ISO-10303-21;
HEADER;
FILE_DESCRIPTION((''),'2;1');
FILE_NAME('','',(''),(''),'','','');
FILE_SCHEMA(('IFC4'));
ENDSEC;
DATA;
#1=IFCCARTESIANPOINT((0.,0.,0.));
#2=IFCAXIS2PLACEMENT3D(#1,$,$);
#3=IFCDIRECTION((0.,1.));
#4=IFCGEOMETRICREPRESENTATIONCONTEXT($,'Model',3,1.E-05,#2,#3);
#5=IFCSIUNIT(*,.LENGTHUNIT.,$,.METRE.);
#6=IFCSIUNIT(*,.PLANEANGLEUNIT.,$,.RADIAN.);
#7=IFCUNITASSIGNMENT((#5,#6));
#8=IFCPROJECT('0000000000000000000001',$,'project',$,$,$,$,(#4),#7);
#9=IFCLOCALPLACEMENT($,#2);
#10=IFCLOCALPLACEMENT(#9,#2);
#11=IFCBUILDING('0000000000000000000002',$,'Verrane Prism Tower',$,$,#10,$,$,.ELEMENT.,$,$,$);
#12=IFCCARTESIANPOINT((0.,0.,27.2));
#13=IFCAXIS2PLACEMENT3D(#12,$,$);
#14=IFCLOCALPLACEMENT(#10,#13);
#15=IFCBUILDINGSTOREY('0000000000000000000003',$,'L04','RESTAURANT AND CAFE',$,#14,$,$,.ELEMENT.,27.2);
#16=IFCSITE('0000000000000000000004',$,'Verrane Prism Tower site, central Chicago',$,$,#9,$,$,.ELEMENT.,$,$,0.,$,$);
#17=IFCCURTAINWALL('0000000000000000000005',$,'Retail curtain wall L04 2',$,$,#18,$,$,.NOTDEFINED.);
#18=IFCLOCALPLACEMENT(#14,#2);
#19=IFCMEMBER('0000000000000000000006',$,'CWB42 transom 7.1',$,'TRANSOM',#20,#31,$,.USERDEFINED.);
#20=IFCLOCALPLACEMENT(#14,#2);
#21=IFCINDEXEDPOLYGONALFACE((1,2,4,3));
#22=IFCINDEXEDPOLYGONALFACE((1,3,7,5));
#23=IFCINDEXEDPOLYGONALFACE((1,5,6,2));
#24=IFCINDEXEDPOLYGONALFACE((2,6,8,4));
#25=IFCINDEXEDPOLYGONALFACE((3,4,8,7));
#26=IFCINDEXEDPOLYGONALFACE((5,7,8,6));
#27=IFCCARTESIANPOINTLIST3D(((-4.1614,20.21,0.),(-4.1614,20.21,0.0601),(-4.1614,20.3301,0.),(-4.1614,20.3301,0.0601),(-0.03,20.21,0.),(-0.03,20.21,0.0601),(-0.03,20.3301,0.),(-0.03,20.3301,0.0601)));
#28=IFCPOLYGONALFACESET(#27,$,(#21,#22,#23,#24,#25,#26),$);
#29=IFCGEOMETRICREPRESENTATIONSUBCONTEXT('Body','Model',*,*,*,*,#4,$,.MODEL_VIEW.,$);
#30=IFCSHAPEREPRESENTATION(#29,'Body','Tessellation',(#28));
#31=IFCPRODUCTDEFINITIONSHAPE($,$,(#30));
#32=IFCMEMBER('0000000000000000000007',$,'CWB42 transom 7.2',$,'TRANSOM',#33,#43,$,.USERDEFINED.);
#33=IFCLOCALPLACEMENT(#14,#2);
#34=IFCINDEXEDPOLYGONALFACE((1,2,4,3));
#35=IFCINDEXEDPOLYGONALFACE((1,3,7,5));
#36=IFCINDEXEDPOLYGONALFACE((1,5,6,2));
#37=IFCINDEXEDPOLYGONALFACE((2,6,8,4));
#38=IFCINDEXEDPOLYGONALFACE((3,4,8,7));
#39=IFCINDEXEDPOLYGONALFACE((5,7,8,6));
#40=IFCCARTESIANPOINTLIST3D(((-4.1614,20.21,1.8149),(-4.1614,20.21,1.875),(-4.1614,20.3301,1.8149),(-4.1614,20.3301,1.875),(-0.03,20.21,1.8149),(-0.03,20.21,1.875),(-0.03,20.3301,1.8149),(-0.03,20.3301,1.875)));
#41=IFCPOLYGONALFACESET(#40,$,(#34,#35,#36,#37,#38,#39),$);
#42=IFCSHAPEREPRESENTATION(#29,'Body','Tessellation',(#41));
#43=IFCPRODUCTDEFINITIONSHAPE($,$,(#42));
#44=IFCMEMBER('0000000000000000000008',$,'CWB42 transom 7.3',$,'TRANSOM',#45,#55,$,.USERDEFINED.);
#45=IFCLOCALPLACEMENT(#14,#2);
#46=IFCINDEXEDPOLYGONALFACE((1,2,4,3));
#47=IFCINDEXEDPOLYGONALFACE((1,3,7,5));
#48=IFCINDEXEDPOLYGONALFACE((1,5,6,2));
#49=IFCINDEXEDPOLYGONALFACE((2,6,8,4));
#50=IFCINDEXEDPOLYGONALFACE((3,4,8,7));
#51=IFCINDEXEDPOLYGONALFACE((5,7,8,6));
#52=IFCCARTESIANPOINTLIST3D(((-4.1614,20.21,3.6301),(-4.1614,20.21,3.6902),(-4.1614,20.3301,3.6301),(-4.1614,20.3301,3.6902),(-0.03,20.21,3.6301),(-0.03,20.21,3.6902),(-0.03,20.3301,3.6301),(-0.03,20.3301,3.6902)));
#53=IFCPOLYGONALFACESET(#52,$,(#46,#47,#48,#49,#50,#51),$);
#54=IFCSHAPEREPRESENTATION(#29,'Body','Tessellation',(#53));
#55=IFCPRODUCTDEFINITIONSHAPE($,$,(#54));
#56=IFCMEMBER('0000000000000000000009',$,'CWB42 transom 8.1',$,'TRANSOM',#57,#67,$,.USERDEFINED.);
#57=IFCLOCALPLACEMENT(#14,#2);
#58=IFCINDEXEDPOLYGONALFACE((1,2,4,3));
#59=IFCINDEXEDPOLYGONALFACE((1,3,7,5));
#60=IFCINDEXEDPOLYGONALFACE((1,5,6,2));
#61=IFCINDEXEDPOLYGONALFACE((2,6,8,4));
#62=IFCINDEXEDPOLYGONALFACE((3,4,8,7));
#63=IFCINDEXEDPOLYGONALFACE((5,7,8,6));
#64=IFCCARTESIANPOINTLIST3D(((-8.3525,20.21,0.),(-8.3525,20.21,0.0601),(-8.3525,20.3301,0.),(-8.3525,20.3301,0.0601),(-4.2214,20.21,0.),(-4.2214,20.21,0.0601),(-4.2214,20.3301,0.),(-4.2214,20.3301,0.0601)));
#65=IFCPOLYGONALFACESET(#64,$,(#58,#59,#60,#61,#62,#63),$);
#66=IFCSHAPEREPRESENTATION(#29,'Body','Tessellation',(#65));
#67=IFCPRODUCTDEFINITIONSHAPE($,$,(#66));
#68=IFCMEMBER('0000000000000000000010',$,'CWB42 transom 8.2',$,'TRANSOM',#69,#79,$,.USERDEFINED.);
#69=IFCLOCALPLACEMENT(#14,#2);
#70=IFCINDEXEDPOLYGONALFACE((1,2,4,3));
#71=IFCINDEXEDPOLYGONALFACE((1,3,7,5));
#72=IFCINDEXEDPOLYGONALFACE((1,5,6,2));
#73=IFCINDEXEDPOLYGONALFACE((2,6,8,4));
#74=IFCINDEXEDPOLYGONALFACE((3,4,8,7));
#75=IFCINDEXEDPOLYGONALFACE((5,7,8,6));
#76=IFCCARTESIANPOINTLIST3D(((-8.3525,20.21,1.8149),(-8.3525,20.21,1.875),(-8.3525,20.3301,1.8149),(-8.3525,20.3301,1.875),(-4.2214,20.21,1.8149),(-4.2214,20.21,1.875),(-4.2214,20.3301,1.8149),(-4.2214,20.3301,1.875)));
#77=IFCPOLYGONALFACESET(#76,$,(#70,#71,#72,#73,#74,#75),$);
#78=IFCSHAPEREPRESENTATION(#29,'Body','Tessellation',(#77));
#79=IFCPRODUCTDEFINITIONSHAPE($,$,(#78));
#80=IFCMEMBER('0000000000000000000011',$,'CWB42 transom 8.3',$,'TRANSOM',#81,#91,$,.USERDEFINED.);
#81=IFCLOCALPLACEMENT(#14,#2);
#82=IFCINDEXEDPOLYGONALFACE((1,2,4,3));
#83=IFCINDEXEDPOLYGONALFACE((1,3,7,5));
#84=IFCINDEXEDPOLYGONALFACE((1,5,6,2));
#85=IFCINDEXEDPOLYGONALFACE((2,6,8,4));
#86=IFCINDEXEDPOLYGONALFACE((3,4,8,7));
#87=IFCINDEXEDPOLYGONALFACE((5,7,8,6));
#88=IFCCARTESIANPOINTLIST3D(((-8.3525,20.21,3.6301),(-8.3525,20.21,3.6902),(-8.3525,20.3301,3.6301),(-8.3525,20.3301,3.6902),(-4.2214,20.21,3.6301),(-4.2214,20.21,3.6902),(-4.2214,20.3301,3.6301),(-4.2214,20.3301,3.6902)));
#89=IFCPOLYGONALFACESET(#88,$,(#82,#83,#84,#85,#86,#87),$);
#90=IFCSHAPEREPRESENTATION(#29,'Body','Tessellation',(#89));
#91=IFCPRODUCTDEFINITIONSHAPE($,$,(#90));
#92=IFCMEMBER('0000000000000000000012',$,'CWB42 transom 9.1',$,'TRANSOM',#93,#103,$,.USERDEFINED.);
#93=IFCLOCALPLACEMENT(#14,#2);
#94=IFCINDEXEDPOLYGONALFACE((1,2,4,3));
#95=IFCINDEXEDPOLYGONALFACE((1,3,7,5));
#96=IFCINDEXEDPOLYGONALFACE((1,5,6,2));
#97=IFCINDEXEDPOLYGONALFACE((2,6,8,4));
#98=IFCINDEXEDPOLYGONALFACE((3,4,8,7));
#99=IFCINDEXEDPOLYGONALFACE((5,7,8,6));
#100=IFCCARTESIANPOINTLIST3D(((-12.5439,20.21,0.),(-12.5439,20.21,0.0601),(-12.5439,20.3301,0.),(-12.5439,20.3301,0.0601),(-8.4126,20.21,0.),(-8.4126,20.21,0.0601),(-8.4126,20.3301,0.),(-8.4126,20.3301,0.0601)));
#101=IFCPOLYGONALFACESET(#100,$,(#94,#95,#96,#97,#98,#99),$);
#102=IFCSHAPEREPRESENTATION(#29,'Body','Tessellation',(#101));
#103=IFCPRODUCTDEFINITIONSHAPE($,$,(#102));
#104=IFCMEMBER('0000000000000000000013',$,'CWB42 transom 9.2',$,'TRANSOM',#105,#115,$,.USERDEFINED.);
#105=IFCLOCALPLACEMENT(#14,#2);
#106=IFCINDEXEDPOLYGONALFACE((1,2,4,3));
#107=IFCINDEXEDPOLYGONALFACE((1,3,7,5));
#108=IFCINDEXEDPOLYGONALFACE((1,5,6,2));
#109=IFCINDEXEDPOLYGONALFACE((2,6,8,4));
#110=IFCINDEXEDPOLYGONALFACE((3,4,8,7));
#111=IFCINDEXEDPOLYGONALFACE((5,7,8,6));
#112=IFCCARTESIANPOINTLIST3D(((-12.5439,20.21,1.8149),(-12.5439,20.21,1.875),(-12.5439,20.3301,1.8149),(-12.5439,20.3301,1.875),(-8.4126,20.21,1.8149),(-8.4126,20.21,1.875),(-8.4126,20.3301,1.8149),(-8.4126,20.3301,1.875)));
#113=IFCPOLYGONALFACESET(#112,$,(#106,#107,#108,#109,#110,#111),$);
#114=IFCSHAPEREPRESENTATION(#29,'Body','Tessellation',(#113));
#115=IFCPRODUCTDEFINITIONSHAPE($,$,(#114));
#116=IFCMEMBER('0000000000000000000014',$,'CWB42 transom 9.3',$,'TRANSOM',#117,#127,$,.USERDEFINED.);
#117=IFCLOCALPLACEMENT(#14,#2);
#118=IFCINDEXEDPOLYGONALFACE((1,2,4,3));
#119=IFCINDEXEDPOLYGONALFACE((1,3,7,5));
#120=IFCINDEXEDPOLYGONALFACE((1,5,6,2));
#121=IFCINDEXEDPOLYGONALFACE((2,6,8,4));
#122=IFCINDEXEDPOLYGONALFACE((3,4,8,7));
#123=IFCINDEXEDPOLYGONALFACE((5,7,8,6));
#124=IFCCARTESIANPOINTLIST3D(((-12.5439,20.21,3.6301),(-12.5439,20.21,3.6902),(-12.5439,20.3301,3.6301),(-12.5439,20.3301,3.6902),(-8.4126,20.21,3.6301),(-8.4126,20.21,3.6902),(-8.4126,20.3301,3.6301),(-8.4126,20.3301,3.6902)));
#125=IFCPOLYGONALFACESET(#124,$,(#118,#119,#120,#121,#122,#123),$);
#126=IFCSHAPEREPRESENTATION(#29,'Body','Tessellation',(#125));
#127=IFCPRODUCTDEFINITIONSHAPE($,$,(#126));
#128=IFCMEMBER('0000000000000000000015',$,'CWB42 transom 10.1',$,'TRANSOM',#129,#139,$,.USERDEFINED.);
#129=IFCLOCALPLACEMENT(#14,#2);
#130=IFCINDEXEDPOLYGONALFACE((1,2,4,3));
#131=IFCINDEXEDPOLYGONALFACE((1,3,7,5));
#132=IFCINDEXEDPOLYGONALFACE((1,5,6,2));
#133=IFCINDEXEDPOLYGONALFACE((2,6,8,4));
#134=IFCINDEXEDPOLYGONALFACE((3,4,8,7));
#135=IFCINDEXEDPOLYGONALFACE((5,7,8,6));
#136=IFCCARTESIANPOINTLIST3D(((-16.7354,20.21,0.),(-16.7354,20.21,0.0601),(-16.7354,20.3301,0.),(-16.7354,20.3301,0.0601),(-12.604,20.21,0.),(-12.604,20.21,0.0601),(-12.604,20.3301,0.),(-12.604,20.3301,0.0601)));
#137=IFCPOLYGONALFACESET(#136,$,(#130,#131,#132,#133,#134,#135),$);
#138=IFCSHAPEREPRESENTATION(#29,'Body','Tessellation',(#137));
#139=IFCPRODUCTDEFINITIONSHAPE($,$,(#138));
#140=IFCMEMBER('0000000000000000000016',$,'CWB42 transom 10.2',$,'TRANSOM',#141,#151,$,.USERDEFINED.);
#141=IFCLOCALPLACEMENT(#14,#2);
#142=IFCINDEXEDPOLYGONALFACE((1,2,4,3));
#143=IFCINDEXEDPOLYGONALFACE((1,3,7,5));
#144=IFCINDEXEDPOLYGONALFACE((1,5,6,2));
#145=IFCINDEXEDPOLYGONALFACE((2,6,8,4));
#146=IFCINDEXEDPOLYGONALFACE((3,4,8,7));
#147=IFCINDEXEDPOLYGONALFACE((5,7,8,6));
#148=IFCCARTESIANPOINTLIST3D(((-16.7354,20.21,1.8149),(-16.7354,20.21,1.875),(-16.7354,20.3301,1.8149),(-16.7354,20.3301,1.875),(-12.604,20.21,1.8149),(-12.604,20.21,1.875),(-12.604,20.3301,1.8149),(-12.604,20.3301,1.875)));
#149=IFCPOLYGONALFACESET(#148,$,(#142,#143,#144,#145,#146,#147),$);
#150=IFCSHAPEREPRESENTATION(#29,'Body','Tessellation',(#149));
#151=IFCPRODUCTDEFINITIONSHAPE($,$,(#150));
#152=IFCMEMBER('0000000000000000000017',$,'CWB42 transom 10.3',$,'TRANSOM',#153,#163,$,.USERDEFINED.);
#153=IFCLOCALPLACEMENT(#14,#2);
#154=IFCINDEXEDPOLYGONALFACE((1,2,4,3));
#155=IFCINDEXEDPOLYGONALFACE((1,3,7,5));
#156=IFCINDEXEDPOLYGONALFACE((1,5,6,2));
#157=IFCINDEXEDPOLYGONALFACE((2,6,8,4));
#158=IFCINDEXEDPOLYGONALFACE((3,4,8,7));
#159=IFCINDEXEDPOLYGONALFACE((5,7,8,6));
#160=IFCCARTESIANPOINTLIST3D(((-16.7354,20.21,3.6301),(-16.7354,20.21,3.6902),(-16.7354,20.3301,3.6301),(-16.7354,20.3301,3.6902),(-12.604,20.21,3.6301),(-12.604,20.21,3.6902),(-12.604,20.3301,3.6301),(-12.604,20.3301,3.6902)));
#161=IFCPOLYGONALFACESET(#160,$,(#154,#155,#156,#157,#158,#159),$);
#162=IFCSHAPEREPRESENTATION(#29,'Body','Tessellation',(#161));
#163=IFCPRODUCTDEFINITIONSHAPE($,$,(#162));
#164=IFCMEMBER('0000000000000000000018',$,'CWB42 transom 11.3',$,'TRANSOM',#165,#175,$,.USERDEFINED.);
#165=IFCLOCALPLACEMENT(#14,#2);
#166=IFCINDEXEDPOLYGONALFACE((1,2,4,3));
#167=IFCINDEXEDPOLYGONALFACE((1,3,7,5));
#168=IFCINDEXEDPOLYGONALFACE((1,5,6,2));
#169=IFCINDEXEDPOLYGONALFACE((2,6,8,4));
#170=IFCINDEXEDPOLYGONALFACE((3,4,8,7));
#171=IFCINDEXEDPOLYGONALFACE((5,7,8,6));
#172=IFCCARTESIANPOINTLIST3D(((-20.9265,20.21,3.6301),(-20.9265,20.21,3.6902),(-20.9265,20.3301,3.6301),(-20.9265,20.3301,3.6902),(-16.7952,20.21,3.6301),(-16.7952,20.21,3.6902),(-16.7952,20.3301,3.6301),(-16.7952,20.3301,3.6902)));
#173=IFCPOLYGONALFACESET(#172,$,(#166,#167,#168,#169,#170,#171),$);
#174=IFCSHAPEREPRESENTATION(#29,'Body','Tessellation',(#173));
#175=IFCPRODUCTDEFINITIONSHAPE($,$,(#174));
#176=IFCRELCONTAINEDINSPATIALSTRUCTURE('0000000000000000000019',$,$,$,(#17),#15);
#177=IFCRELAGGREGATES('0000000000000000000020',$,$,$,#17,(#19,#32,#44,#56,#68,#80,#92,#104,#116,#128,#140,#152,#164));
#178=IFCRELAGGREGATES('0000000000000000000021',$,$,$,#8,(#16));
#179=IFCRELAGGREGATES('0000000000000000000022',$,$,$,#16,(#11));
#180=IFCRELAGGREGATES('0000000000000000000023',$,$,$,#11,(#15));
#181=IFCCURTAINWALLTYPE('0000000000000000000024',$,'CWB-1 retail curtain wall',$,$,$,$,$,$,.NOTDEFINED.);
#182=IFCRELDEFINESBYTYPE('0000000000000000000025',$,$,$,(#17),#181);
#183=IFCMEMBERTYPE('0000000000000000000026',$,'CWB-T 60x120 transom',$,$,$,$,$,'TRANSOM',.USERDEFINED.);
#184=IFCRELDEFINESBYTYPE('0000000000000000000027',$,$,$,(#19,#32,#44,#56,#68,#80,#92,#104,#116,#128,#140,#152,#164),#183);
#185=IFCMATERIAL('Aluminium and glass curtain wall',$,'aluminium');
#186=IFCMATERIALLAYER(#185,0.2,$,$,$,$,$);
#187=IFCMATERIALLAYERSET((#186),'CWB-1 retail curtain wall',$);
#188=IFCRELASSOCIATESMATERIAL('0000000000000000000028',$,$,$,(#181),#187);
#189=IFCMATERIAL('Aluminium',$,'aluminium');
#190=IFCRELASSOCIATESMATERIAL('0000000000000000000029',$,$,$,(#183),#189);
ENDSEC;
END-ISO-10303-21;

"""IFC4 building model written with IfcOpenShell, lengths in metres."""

from ifc_helpers import new_model, si_unit, direction, frame, origin, origin_2d, place, context, subcontext, project, spatial, rectangle, extrude, material, layer, layer_set, material_profile, profile_set, type_object, element, aggregate, save


model = new_model("IFC4")

# Units and contexts
model_context = context("Model", 3, precision=1e-05, world=origin(), true_north=direction((0.0, 1.0)))
body_context = subcontext(model_context, "Body", "Model", "MODEL_VIEW")
ifc_project = project(units=[si_unit("LENGTHUNIT", "METRE"), si_unit("PLANEANGLEUNIT", "RADIAN")], contexts=[model_context])

# Site, building, storey
site_placement = place(None, origin())
site = spatial("IfcSite", under=ifc_project, at=site_placement, Name="Verrane Prism Tower site, central Chicago", CompositionType="ELEMENT", RefElevation=0.0)
building_placement = place(site_placement, origin())
building = spatial("IfcBuilding", under=site, at=building_placement, Name="Verrane Prism Tower", CompositionType="ELEMENT")
storey_placement = place(building_placement, frame((0.0, 0.0, 27.2)))
storey = spatial("IfcBuildingStorey", under=building, at=storey_placement, Name="L04", Description="RESTAURANT AND CAFE", CompositionType="ELEMENT", Elevation=27.2)

# Curtain wall, members
ifc_material_1 = material(Name="Aluminium and glass curtain wall", Category="aluminium")
ifc_layer_1 = layer(ifc_material_1, 0.2)
ifc_layer_set_1 = layer_set([ifc_layer_1], Name="CWB-1 retail curtain wall")
curtain_wall_type = type_object("IfcCurtainWallType", Name="CWB-1 retail curtain wall", PredefinedType="NOTDEFINED", material=ifc_layer_set_1)
curtain_wall_placement = place(storey_placement, origin())
curtain_wall = element("IfcCurtainWall", 1, at=curtain_wall_placement, inside=storey, type_object=curtain_wall_type, Name="Retail curtain wall L04 2", PredefinedType="NOTDEFINED")
ifc_material_2 = material(Name="Aluminium", Category="aluminium")
ifc_material_profile_1 = material_profile(ifc_material_2, rectangle(XDim=0.1201, YDim=0.0601, at=origin_2d()), Name="CWB-T 60x120 transom")
ifc_profile_set_1 = profile_set([ifc_material_profile_1], Name="Aluminium")
member_type_1 = type_object("IfcMemberType", Name="CWB-T 60x120 transom", ElementType="TRANSOM", PredefinedType="USERDEFINED", material=ifc_profile_set_1)
member_1_placement = place(storey_placement, frame((-0.03, 20.27, 0.03), z_axis=(-1.0, 0.0, 0.0), x_axis=(0.0, -1.0, 0.0)))
member_1 = element("IfcMember", 2, at=member_1_placement, type_object=member_type_1, Name="CWB42 transom 7.1", ObjectType="TRANSOM", PredefinedType="USERDEFINED", context=body_context, shape_type="SweptSolid", body=[
    extrude(rectangle(XDim=0.1201, YDim=0.0601, at=origin_2d()), origin(), (0.0, 0.0, 1.0), 4.1313),
])
member_2_placement = place(storey_placement, frame((-0.03, 20.27, 1.845), z_axis=(-1.0, 0.0, 0.0), x_axis=(0.0, -1.0, 0.0)))
member_2 = element("IfcMember", 3, at=member_2_placement, type_object=member_type_1, Name="CWB42 transom 7.2", ObjectType="TRANSOM", PredefinedType="USERDEFINED", context=body_context, shape_type="SweptSolid", body=[
    extrude(rectangle(XDim=0.1201, YDim=0.0601, at=origin_2d()), origin(), (0.0, 0.0, 1.0), 4.1313),
])
member_3_placement = place(storey_placement, frame((-0.03, 20.27, 3.6602), z_axis=(-1.0, 0.0, 0.0), x_axis=(0.0, -1.0, 0.0)))
member_3 = element("IfcMember", 4, at=member_3_placement, type_object=member_type_1, Name="CWB42 transom 7.3", ObjectType="TRANSOM", PredefinedType="USERDEFINED", context=body_context, shape_type="SweptSolid", body=[
    extrude(rectangle(XDim=0.1201, YDim=0.0601, at=origin_2d()), origin(), (0.0, 0.0, 1.0), 4.1313),
])
member_4_placement = place(storey_placement, frame((-4.2214, 20.27, 0.03), z_axis=(-1.0, 0.0, 0.0), x_axis=(0.0, -1.0, 0.0)))
member_4 = element("IfcMember", 5, at=member_4_placement, type_object=member_type_1, Name="CWB42 transom 8.1", ObjectType="TRANSOM", PredefinedType="USERDEFINED", context=body_context, shape_type="SweptSolid", body=[
    extrude(rectangle(XDim=0.1201, YDim=0.0601, at=origin_2d()), origin(), (0.0, 0.0, 1.0), 4.1311),
])
member_5_placement = place(storey_placement, frame((-4.2214, 20.27, 1.845), z_axis=(-1.0, 0.0, 0.0), x_axis=(0.0, -1.0, 0.0)))
member_5 = element("IfcMember", 6, at=member_5_placement, type_object=member_type_1, Name="CWB42 transom 8.2", ObjectType="TRANSOM", PredefinedType="USERDEFINED", context=body_context, shape_type="SweptSolid", body=[
    extrude(rectangle(XDim=0.1201, YDim=0.0601, at=origin_2d()), origin(), (0.0, 0.0, 1.0), 4.1311),
])
member_6_placement = place(storey_placement, frame((-4.2214, 20.27, 3.6602), z_axis=(-1.0, 0.0, 0.0), x_axis=(0.0, -1.0, 0.0)))
member_6 = element("IfcMember", 7, at=member_6_placement, type_object=member_type_1, Name="CWB42 transom 8.3", ObjectType="TRANSOM", PredefinedType="USERDEFINED", context=body_context, shape_type="SweptSolid", body=[
    extrude(rectangle(XDim=0.1201, YDim=0.0601, at=origin_2d()), origin(), (0.0, 0.0, 1.0), 4.1311),
])
member_7_placement = place(storey_placement, frame((-8.4126, 20.27, 0.03), z_axis=(-1.0, 0.0, 0.0), x_axis=(0.0, -1.0, 0.0)))
member_7 = element("IfcMember", 8, at=member_7_placement, type_object=member_type_1, Name="CWB42 transom 9.1", ObjectType="TRANSOM", PredefinedType="USERDEFINED", context=body_context, shape_type="SweptSolid", body=[
    extrude(rectangle(XDim=0.1201, YDim=0.0601, at=origin_2d()), origin(), (0.0, 0.0, 1.0), 4.1313),
])
member_8_placement = place(storey_placement, frame((-8.4126, 20.27, 1.845), z_axis=(-1.0, 0.0, 0.0), x_axis=(0.0, -1.0, 0.0)))
member_8 = element("IfcMember", 9, at=member_8_placement, type_object=member_type_1, Name="CWB42 transom 9.2", ObjectType="TRANSOM", PredefinedType="USERDEFINED", context=body_context, shape_type="SweptSolid", body=[
    extrude(rectangle(XDim=0.1201, YDim=0.0601, at=origin_2d()), origin(), (0.0, 0.0, 1.0), 4.1313),
])
member_9_placement = place(storey_placement, frame((-8.4126, 20.27, 3.6602), z_axis=(-1.0, 0.0, 0.0), x_axis=(0.0, -1.0, 0.0)))
member_9 = element("IfcMember", 10, at=member_9_placement, type_object=member_type_1, Name="CWB42 transom 9.3", ObjectType="TRANSOM", PredefinedType="USERDEFINED", context=body_context, shape_type="SweptSolid", body=[
    extrude(rectangle(XDim=0.1201, YDim=0.0601, at=origin_2d()), origin(), (0.0, 0.0, 1.0), 4.1313),
])
member_10_placement = place(storey_placement, frame((-12.604, 20.27, 0.03), z_axis=(-1.0, 0.0, 0.0), x_axis=(0.0, -1.0, 0.0)))
member_10 = element("IfcMember", 11, at=member_10_placement, type_object=member_type_1, Name="CWB42 transom 10.1", ObjectType="TRANSOM", PredefinedType="USERDEFINED", context=body_context, shape_type="SweptSolid", body=[
    extrude(rectangle(XDim=0.1201, YDim=0.0601, at=origin_2d()), origin(), (0.0, 0.0, 1.0), 4.1313),
])
member_11_placement = place(storey_placement, frame((-12.604, 20.27, 1.845), z_axis=(-1.0, 0.0, 0.0), x_axis=(0.0, -1.0, 0.0)))
member_11 = element("IfcMember", 12, at=member_11_placement, type_object=member_type_1, Name="CWB42 transom 10.2", ObjectType="TRANSOM", PredefinedType="USERDEFINED", context=body_context, shape_type="SweptSolid", body=[
    extrude(rectangle(XDim=0.1201, YDim=0.0601, at=origin_2d()), origin(), (0.0, 0.0, 1.0), 4.1313),
])
member_12_placement = place(storey_placement, frame((-12.604, 20.27, 3.6602), z_axis=(-1.0, 0.0, 0.0), x_axis=(0.0, -1.0, 0.0)))
member_12 = element("IfcMember", 13, at=member_12_placement, type_object=member_type_1, Name="CWB42 transom 10.3", ObjectType="TRANSOM", PredefinedType="USERDEFINED", context=body_context, shape_type="SweptSolid", body=[
    extrude(rectangle(XDim=0.1201, YDim=0.0601, at=origin_2d()), origin(), (0.0, 0.0, 1.0), 4.1313),
])
member_13_placement = place(storey_placement, frame((-16.7952, 20.27, 3.6602), z_axis=(-1.0, 0.0, 0.0), x_axis=(0.0, -1.0, 0.0)))
member_13 = element("IfcMember", 14, at=member_13_placement, type_object=member_type_1, Name="CWB42 transom 11.3", ObjectType="TRANSOM", PredefinedType="USERDEFINED", context=body_context, shape_type="SweptSolid", body=[
    extrude(rectangle(XDim=0.1201, YDim=0.0601, at=origin_2d()), origin(), (0.0, 0.0, 1.0), 4.1313),
])

aggregate(curtain_wall, [member_1, member_2, member_3, member_4, member_5, member_6, member_7, member_8, member_9, member_10, member_11, member_12, member_13])

save(model, "model.ifc")
